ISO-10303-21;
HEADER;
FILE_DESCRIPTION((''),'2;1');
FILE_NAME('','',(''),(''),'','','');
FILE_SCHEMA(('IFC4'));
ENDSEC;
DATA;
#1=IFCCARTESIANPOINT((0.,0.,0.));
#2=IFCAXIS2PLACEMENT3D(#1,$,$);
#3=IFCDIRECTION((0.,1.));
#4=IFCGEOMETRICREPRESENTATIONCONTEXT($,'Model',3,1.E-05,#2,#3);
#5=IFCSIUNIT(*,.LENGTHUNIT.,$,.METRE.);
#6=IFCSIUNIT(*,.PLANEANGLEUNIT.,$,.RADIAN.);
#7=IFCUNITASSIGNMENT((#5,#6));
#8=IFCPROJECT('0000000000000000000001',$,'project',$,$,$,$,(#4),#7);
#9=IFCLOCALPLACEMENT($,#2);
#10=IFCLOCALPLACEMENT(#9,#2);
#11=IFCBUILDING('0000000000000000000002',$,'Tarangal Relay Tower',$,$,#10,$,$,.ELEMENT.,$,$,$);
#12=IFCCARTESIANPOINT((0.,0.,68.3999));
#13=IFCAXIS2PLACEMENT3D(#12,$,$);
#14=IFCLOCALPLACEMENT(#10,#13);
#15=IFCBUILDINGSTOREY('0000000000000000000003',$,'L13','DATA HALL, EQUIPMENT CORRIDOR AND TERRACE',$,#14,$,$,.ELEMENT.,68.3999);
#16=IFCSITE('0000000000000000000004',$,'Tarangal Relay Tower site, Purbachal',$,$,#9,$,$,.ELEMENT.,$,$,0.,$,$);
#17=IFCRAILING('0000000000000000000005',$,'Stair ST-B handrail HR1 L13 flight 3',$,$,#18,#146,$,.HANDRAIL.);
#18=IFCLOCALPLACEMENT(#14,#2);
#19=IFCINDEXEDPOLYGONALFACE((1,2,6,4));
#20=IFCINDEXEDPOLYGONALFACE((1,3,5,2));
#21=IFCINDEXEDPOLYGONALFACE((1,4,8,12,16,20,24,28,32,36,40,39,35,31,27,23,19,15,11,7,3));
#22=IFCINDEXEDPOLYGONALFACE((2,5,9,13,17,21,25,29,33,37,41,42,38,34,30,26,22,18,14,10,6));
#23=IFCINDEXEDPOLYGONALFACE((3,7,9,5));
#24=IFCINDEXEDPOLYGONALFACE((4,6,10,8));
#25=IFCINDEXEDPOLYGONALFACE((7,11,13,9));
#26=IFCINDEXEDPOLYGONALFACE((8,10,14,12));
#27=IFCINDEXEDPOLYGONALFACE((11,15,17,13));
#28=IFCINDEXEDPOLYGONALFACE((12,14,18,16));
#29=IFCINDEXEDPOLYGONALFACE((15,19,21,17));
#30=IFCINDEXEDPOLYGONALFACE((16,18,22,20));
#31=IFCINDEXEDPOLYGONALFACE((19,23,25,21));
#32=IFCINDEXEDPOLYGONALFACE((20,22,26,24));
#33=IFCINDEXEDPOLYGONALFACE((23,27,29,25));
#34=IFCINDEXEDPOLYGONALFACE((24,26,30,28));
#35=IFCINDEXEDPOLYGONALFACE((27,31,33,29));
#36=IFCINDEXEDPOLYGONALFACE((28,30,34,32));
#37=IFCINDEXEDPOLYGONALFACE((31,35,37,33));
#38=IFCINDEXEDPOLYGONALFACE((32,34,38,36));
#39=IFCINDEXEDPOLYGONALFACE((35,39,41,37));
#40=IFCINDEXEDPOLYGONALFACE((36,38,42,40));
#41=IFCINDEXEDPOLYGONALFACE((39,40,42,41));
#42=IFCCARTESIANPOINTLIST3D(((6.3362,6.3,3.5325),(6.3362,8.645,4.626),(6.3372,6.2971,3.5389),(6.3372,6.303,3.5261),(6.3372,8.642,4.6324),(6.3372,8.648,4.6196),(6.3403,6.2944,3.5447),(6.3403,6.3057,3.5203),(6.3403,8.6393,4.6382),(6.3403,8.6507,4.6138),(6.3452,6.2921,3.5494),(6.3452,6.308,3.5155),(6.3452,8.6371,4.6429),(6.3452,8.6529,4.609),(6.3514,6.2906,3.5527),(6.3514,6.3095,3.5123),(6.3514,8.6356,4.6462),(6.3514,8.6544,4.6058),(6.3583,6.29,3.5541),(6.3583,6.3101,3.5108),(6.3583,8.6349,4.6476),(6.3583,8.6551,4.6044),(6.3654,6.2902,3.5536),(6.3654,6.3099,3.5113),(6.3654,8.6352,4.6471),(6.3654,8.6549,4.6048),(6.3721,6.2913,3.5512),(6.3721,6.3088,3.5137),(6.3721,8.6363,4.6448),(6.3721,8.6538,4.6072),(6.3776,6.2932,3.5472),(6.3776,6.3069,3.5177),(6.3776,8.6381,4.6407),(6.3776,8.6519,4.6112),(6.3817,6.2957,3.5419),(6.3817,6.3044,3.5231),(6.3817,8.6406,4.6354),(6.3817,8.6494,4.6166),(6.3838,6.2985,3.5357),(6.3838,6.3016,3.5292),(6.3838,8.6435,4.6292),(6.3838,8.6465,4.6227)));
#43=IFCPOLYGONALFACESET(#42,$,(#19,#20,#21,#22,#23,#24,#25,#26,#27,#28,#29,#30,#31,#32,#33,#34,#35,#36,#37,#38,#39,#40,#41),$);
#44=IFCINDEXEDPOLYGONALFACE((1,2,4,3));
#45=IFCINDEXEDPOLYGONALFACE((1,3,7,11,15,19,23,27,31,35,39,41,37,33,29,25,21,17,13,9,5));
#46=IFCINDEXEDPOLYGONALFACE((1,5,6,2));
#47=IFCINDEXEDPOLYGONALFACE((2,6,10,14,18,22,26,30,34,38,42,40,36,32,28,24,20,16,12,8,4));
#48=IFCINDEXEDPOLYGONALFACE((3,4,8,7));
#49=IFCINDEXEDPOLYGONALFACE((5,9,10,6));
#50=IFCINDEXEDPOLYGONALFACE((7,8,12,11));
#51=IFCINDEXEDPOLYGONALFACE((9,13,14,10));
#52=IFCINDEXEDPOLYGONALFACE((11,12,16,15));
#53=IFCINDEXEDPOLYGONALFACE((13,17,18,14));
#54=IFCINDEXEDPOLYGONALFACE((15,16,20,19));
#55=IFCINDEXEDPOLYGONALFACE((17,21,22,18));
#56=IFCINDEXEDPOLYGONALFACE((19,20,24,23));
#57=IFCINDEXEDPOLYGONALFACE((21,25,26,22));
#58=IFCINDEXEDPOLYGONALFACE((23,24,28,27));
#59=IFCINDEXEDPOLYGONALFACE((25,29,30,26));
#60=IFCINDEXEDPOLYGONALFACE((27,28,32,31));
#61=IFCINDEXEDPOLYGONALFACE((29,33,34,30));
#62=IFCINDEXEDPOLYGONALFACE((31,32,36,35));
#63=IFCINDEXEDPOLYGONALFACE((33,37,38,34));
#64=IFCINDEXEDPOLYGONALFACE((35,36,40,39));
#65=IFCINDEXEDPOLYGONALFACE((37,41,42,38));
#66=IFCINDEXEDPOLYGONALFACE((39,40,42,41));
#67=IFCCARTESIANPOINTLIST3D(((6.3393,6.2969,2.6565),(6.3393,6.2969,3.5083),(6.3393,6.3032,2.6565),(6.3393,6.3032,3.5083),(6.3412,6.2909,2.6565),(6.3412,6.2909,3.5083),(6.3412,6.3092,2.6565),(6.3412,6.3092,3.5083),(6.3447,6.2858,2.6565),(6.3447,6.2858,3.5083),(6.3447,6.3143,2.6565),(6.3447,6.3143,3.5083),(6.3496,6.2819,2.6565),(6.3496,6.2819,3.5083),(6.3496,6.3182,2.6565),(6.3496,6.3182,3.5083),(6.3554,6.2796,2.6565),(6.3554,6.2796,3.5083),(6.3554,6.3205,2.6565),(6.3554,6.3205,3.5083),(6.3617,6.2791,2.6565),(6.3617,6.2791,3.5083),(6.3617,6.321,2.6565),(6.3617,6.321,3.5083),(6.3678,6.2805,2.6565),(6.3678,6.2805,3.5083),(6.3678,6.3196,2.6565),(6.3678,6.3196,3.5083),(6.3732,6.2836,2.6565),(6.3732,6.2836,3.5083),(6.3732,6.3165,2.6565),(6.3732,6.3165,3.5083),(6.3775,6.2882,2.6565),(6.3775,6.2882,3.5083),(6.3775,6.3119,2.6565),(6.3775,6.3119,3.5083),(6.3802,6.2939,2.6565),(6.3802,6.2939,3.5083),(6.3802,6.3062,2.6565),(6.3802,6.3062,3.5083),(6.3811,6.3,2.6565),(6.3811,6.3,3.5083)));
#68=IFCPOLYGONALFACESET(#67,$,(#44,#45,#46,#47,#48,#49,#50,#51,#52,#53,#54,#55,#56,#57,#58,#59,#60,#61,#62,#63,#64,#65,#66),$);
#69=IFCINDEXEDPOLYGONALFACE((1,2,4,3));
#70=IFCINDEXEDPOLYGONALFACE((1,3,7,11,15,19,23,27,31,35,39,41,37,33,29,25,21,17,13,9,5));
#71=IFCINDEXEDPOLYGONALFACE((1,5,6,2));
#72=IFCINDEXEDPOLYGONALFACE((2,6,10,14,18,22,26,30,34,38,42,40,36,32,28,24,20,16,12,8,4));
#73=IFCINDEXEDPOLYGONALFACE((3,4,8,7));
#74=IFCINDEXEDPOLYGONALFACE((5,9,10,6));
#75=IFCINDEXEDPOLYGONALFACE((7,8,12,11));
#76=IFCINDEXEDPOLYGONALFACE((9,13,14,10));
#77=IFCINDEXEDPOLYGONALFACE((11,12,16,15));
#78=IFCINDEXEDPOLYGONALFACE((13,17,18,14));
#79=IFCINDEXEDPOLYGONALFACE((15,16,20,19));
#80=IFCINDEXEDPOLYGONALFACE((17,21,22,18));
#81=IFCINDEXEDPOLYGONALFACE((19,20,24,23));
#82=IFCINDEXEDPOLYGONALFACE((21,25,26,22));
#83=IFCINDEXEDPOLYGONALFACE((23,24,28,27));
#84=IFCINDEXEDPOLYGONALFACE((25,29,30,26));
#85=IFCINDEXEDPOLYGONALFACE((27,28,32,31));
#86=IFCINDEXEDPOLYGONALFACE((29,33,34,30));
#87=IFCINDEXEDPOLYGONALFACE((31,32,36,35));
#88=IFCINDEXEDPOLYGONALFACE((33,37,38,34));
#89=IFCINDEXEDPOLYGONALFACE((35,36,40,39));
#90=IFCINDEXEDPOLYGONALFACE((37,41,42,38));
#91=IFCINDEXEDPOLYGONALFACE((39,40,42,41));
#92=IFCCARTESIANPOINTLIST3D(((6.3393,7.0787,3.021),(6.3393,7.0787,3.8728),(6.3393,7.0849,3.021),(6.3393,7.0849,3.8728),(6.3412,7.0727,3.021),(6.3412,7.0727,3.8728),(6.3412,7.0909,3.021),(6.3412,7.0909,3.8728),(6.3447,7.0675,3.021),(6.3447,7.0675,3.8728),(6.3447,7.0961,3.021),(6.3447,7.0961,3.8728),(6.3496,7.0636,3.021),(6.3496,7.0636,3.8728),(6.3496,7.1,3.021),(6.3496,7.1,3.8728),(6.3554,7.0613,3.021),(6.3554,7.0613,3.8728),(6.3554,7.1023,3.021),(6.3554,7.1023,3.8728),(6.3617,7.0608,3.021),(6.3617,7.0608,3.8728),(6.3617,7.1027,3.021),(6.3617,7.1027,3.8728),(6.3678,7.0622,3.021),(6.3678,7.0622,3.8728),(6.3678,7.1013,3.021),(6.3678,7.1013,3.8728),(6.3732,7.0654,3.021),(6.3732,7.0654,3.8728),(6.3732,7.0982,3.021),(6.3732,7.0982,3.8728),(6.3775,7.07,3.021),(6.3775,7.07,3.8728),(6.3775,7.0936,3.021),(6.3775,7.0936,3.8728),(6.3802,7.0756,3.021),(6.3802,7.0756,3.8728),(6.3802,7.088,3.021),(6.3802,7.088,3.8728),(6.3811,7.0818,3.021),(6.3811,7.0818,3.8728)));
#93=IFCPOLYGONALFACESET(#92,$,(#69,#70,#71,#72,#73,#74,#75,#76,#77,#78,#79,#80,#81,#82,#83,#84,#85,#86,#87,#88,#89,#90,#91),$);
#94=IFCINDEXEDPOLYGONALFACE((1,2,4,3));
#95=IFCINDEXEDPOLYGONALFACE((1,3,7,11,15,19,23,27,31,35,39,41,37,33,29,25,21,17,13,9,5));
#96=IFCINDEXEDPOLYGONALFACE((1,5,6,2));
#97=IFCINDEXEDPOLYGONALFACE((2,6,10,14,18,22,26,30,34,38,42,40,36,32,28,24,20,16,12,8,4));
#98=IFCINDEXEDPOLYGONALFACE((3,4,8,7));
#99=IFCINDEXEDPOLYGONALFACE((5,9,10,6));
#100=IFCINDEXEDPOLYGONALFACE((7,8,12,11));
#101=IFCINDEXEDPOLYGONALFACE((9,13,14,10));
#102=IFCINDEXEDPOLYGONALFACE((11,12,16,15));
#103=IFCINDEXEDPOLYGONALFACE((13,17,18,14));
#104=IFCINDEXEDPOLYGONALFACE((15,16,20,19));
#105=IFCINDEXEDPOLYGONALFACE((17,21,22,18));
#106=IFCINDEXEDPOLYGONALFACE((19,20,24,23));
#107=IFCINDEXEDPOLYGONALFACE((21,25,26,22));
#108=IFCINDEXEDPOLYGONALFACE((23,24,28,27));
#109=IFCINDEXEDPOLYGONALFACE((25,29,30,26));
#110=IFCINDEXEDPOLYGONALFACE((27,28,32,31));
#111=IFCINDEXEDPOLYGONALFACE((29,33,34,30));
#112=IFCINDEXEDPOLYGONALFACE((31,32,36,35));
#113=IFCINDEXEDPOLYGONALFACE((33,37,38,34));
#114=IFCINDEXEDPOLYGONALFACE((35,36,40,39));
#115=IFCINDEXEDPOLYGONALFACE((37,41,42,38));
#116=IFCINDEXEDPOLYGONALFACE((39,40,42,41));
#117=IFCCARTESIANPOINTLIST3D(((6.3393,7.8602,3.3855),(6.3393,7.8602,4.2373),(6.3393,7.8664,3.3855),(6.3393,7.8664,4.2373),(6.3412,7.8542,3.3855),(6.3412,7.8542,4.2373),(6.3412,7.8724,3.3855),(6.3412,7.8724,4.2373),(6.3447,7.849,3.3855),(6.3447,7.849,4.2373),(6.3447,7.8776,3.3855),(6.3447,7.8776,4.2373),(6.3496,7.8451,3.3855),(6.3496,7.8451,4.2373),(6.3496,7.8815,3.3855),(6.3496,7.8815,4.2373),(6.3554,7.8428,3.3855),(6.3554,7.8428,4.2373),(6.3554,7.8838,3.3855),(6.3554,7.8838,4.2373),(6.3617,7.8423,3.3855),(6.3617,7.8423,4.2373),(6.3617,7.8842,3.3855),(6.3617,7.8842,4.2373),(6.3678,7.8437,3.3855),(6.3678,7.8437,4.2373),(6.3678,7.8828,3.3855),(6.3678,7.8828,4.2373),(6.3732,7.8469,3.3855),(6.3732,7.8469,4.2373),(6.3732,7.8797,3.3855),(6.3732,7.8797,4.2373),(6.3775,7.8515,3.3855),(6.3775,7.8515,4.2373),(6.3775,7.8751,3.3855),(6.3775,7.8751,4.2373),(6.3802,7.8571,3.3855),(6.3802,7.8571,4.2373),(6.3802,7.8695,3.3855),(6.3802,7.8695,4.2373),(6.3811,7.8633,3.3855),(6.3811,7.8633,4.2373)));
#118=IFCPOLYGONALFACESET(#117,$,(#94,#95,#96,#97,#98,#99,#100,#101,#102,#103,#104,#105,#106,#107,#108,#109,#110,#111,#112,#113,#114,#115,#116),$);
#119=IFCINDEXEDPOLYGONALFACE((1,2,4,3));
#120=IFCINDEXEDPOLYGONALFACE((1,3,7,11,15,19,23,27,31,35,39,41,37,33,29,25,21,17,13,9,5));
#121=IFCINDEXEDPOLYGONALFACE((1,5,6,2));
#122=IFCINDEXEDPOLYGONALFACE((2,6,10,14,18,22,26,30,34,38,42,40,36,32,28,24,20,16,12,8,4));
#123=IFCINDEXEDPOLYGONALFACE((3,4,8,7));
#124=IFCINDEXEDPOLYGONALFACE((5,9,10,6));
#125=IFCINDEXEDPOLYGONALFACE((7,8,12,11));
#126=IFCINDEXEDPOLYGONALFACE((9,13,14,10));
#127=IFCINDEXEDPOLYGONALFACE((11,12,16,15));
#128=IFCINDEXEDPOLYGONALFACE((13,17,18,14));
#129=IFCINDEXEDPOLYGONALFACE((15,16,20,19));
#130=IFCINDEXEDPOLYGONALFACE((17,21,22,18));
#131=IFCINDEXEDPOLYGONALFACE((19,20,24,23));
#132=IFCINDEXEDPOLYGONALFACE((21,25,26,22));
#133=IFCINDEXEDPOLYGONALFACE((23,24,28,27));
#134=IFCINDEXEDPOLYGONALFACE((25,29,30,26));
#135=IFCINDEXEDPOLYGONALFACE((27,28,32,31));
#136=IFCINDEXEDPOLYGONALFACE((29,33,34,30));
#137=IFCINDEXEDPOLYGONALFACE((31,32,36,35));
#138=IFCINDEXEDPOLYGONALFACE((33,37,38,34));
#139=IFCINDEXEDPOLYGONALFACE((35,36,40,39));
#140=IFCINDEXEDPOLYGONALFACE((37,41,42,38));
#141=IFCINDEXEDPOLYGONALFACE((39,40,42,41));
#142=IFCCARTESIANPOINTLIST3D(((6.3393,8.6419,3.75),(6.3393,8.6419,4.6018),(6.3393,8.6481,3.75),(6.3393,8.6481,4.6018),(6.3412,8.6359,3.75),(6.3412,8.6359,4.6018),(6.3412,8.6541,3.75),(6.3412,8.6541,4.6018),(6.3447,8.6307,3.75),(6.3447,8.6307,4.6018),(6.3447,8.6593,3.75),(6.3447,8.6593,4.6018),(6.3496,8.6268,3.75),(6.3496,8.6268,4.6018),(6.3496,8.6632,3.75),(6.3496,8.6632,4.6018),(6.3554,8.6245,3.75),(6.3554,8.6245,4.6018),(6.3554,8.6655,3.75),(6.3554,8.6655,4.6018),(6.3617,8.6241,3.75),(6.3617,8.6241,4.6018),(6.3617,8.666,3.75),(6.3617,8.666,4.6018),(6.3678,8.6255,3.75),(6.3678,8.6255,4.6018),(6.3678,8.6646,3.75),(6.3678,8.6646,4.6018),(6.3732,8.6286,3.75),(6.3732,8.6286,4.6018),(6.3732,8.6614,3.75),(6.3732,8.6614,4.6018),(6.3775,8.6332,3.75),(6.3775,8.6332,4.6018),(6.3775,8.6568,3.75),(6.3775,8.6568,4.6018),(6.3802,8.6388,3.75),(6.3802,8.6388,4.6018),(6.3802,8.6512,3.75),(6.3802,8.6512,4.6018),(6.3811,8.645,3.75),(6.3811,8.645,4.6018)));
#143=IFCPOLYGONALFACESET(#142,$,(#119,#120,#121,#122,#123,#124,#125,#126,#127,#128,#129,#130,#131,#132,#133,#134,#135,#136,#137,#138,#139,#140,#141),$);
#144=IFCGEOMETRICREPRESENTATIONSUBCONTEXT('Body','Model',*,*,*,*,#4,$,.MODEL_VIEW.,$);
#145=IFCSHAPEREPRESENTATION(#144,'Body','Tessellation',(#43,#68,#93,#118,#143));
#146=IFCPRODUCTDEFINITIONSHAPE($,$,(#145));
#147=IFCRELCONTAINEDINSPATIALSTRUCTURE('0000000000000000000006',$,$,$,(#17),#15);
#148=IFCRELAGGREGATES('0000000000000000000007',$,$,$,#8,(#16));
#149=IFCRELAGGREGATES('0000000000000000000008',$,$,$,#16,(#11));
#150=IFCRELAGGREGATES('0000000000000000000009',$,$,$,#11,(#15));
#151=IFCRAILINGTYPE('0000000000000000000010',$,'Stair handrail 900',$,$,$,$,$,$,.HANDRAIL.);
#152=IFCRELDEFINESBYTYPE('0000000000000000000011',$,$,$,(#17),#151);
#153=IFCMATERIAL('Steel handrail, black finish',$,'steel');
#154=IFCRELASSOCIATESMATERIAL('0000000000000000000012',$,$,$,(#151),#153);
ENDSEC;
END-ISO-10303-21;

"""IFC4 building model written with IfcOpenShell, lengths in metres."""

from ifc_helpers import new_model, si_unit, direction, frame, origin, origin_2d, place, context, subcontext, project, spatial, circle, extrude, material, type_object, element, save


model = new_model("IFC4")

# Units and contexts
model_context = context("Model", 3, precision=1e-05, world=origin(), true_north=direction((0.0, 1.0)))
body_context = subcontext(model_context, "Body", "Model", "MODEL_VIEW")
ifc_project = project(units=[si_unit("LENGTHUNIT", "METRE"), si_unit("PLANEANGLEUNIT", "RADIAN")], contexts=[model_context])

# Site, building, storey
site_placement = place(None, origin())
site = spatial("IfcSite", under=ifc_project, at=site_placement, Name="Tarangal Relay Tower site, Purbachal", CompositionType="ELEMENT", RefElevation=0.0)
building_placement = place(site_placement, origin())
building = spatial("IfcBuilding", under=site, at=building_placement, Name="Tarangal Relay Tower", CompositionType="ELEMENT")
storey_placement = place(building_placement, frame((0.0, 0.0, 68.3999)))
storey = spatial("IfcBuildingStorey", under=building, at=storey_placement, Name="L13", Description="DATA HALL, EQUIPMENT CORRIDOR AND TERRACE", CompositionType="ELEMENT", Elevation=68.3999)

# Railing
ifc_material_1 = material(Name="Steel handrail, black finish", Category="steel")
railing_type_1 = type_object("IfcRailingType", Name="Stair handrail 900", PredefinedType="HANDRAIL", material=ifc_material_1)
for number, where, name in (
    (1, (6.3601, 6.3, 2.6565), "Stair ST-B handrail HR1 L13 flight 3"),
):
    element("IfcRailing", number, at=place(storey_placement, frame(where)), inside=storey, type_object=railing_type_1, Name=name, PredefinedType="HANDRAIL", context=body_context, shape_type="SweptSolid", body=[
        extrude(circle(Radius=0.0239, at=origin_2d()), frame((0.0, 0.0, 0.876), z_axis=(0.0, 0.906304, 0.422627), x_axis=(-1.0, 0.0, 0.0)), (0.0, 0.0, 1.0), 2.5874),
        extrude(circle(Radius=0.021, at=origin_2d()), origin(), (0.0, 0.0, 1.0), 0.8518),
        extrude(circle(Radius=0.021, at=origin_2d()), frame((0.0, 0.7817, 0.3645)), (0.0, 0.0, 1.0), 0.8518),
        extrude(circle(Radius=0.021, at=origin_2d()), frame((0.0, 1.5632, 0.729)), (0.0, 0.0, 1.0), 0.8518),
        extrude(circle(Radius=0.021, at=origin_2d()), frame((0.0, 2.345, 1.0935)), (0.0, 0.0, 1.0), 0.8518),
    ])

save(model, "model.ifc")
